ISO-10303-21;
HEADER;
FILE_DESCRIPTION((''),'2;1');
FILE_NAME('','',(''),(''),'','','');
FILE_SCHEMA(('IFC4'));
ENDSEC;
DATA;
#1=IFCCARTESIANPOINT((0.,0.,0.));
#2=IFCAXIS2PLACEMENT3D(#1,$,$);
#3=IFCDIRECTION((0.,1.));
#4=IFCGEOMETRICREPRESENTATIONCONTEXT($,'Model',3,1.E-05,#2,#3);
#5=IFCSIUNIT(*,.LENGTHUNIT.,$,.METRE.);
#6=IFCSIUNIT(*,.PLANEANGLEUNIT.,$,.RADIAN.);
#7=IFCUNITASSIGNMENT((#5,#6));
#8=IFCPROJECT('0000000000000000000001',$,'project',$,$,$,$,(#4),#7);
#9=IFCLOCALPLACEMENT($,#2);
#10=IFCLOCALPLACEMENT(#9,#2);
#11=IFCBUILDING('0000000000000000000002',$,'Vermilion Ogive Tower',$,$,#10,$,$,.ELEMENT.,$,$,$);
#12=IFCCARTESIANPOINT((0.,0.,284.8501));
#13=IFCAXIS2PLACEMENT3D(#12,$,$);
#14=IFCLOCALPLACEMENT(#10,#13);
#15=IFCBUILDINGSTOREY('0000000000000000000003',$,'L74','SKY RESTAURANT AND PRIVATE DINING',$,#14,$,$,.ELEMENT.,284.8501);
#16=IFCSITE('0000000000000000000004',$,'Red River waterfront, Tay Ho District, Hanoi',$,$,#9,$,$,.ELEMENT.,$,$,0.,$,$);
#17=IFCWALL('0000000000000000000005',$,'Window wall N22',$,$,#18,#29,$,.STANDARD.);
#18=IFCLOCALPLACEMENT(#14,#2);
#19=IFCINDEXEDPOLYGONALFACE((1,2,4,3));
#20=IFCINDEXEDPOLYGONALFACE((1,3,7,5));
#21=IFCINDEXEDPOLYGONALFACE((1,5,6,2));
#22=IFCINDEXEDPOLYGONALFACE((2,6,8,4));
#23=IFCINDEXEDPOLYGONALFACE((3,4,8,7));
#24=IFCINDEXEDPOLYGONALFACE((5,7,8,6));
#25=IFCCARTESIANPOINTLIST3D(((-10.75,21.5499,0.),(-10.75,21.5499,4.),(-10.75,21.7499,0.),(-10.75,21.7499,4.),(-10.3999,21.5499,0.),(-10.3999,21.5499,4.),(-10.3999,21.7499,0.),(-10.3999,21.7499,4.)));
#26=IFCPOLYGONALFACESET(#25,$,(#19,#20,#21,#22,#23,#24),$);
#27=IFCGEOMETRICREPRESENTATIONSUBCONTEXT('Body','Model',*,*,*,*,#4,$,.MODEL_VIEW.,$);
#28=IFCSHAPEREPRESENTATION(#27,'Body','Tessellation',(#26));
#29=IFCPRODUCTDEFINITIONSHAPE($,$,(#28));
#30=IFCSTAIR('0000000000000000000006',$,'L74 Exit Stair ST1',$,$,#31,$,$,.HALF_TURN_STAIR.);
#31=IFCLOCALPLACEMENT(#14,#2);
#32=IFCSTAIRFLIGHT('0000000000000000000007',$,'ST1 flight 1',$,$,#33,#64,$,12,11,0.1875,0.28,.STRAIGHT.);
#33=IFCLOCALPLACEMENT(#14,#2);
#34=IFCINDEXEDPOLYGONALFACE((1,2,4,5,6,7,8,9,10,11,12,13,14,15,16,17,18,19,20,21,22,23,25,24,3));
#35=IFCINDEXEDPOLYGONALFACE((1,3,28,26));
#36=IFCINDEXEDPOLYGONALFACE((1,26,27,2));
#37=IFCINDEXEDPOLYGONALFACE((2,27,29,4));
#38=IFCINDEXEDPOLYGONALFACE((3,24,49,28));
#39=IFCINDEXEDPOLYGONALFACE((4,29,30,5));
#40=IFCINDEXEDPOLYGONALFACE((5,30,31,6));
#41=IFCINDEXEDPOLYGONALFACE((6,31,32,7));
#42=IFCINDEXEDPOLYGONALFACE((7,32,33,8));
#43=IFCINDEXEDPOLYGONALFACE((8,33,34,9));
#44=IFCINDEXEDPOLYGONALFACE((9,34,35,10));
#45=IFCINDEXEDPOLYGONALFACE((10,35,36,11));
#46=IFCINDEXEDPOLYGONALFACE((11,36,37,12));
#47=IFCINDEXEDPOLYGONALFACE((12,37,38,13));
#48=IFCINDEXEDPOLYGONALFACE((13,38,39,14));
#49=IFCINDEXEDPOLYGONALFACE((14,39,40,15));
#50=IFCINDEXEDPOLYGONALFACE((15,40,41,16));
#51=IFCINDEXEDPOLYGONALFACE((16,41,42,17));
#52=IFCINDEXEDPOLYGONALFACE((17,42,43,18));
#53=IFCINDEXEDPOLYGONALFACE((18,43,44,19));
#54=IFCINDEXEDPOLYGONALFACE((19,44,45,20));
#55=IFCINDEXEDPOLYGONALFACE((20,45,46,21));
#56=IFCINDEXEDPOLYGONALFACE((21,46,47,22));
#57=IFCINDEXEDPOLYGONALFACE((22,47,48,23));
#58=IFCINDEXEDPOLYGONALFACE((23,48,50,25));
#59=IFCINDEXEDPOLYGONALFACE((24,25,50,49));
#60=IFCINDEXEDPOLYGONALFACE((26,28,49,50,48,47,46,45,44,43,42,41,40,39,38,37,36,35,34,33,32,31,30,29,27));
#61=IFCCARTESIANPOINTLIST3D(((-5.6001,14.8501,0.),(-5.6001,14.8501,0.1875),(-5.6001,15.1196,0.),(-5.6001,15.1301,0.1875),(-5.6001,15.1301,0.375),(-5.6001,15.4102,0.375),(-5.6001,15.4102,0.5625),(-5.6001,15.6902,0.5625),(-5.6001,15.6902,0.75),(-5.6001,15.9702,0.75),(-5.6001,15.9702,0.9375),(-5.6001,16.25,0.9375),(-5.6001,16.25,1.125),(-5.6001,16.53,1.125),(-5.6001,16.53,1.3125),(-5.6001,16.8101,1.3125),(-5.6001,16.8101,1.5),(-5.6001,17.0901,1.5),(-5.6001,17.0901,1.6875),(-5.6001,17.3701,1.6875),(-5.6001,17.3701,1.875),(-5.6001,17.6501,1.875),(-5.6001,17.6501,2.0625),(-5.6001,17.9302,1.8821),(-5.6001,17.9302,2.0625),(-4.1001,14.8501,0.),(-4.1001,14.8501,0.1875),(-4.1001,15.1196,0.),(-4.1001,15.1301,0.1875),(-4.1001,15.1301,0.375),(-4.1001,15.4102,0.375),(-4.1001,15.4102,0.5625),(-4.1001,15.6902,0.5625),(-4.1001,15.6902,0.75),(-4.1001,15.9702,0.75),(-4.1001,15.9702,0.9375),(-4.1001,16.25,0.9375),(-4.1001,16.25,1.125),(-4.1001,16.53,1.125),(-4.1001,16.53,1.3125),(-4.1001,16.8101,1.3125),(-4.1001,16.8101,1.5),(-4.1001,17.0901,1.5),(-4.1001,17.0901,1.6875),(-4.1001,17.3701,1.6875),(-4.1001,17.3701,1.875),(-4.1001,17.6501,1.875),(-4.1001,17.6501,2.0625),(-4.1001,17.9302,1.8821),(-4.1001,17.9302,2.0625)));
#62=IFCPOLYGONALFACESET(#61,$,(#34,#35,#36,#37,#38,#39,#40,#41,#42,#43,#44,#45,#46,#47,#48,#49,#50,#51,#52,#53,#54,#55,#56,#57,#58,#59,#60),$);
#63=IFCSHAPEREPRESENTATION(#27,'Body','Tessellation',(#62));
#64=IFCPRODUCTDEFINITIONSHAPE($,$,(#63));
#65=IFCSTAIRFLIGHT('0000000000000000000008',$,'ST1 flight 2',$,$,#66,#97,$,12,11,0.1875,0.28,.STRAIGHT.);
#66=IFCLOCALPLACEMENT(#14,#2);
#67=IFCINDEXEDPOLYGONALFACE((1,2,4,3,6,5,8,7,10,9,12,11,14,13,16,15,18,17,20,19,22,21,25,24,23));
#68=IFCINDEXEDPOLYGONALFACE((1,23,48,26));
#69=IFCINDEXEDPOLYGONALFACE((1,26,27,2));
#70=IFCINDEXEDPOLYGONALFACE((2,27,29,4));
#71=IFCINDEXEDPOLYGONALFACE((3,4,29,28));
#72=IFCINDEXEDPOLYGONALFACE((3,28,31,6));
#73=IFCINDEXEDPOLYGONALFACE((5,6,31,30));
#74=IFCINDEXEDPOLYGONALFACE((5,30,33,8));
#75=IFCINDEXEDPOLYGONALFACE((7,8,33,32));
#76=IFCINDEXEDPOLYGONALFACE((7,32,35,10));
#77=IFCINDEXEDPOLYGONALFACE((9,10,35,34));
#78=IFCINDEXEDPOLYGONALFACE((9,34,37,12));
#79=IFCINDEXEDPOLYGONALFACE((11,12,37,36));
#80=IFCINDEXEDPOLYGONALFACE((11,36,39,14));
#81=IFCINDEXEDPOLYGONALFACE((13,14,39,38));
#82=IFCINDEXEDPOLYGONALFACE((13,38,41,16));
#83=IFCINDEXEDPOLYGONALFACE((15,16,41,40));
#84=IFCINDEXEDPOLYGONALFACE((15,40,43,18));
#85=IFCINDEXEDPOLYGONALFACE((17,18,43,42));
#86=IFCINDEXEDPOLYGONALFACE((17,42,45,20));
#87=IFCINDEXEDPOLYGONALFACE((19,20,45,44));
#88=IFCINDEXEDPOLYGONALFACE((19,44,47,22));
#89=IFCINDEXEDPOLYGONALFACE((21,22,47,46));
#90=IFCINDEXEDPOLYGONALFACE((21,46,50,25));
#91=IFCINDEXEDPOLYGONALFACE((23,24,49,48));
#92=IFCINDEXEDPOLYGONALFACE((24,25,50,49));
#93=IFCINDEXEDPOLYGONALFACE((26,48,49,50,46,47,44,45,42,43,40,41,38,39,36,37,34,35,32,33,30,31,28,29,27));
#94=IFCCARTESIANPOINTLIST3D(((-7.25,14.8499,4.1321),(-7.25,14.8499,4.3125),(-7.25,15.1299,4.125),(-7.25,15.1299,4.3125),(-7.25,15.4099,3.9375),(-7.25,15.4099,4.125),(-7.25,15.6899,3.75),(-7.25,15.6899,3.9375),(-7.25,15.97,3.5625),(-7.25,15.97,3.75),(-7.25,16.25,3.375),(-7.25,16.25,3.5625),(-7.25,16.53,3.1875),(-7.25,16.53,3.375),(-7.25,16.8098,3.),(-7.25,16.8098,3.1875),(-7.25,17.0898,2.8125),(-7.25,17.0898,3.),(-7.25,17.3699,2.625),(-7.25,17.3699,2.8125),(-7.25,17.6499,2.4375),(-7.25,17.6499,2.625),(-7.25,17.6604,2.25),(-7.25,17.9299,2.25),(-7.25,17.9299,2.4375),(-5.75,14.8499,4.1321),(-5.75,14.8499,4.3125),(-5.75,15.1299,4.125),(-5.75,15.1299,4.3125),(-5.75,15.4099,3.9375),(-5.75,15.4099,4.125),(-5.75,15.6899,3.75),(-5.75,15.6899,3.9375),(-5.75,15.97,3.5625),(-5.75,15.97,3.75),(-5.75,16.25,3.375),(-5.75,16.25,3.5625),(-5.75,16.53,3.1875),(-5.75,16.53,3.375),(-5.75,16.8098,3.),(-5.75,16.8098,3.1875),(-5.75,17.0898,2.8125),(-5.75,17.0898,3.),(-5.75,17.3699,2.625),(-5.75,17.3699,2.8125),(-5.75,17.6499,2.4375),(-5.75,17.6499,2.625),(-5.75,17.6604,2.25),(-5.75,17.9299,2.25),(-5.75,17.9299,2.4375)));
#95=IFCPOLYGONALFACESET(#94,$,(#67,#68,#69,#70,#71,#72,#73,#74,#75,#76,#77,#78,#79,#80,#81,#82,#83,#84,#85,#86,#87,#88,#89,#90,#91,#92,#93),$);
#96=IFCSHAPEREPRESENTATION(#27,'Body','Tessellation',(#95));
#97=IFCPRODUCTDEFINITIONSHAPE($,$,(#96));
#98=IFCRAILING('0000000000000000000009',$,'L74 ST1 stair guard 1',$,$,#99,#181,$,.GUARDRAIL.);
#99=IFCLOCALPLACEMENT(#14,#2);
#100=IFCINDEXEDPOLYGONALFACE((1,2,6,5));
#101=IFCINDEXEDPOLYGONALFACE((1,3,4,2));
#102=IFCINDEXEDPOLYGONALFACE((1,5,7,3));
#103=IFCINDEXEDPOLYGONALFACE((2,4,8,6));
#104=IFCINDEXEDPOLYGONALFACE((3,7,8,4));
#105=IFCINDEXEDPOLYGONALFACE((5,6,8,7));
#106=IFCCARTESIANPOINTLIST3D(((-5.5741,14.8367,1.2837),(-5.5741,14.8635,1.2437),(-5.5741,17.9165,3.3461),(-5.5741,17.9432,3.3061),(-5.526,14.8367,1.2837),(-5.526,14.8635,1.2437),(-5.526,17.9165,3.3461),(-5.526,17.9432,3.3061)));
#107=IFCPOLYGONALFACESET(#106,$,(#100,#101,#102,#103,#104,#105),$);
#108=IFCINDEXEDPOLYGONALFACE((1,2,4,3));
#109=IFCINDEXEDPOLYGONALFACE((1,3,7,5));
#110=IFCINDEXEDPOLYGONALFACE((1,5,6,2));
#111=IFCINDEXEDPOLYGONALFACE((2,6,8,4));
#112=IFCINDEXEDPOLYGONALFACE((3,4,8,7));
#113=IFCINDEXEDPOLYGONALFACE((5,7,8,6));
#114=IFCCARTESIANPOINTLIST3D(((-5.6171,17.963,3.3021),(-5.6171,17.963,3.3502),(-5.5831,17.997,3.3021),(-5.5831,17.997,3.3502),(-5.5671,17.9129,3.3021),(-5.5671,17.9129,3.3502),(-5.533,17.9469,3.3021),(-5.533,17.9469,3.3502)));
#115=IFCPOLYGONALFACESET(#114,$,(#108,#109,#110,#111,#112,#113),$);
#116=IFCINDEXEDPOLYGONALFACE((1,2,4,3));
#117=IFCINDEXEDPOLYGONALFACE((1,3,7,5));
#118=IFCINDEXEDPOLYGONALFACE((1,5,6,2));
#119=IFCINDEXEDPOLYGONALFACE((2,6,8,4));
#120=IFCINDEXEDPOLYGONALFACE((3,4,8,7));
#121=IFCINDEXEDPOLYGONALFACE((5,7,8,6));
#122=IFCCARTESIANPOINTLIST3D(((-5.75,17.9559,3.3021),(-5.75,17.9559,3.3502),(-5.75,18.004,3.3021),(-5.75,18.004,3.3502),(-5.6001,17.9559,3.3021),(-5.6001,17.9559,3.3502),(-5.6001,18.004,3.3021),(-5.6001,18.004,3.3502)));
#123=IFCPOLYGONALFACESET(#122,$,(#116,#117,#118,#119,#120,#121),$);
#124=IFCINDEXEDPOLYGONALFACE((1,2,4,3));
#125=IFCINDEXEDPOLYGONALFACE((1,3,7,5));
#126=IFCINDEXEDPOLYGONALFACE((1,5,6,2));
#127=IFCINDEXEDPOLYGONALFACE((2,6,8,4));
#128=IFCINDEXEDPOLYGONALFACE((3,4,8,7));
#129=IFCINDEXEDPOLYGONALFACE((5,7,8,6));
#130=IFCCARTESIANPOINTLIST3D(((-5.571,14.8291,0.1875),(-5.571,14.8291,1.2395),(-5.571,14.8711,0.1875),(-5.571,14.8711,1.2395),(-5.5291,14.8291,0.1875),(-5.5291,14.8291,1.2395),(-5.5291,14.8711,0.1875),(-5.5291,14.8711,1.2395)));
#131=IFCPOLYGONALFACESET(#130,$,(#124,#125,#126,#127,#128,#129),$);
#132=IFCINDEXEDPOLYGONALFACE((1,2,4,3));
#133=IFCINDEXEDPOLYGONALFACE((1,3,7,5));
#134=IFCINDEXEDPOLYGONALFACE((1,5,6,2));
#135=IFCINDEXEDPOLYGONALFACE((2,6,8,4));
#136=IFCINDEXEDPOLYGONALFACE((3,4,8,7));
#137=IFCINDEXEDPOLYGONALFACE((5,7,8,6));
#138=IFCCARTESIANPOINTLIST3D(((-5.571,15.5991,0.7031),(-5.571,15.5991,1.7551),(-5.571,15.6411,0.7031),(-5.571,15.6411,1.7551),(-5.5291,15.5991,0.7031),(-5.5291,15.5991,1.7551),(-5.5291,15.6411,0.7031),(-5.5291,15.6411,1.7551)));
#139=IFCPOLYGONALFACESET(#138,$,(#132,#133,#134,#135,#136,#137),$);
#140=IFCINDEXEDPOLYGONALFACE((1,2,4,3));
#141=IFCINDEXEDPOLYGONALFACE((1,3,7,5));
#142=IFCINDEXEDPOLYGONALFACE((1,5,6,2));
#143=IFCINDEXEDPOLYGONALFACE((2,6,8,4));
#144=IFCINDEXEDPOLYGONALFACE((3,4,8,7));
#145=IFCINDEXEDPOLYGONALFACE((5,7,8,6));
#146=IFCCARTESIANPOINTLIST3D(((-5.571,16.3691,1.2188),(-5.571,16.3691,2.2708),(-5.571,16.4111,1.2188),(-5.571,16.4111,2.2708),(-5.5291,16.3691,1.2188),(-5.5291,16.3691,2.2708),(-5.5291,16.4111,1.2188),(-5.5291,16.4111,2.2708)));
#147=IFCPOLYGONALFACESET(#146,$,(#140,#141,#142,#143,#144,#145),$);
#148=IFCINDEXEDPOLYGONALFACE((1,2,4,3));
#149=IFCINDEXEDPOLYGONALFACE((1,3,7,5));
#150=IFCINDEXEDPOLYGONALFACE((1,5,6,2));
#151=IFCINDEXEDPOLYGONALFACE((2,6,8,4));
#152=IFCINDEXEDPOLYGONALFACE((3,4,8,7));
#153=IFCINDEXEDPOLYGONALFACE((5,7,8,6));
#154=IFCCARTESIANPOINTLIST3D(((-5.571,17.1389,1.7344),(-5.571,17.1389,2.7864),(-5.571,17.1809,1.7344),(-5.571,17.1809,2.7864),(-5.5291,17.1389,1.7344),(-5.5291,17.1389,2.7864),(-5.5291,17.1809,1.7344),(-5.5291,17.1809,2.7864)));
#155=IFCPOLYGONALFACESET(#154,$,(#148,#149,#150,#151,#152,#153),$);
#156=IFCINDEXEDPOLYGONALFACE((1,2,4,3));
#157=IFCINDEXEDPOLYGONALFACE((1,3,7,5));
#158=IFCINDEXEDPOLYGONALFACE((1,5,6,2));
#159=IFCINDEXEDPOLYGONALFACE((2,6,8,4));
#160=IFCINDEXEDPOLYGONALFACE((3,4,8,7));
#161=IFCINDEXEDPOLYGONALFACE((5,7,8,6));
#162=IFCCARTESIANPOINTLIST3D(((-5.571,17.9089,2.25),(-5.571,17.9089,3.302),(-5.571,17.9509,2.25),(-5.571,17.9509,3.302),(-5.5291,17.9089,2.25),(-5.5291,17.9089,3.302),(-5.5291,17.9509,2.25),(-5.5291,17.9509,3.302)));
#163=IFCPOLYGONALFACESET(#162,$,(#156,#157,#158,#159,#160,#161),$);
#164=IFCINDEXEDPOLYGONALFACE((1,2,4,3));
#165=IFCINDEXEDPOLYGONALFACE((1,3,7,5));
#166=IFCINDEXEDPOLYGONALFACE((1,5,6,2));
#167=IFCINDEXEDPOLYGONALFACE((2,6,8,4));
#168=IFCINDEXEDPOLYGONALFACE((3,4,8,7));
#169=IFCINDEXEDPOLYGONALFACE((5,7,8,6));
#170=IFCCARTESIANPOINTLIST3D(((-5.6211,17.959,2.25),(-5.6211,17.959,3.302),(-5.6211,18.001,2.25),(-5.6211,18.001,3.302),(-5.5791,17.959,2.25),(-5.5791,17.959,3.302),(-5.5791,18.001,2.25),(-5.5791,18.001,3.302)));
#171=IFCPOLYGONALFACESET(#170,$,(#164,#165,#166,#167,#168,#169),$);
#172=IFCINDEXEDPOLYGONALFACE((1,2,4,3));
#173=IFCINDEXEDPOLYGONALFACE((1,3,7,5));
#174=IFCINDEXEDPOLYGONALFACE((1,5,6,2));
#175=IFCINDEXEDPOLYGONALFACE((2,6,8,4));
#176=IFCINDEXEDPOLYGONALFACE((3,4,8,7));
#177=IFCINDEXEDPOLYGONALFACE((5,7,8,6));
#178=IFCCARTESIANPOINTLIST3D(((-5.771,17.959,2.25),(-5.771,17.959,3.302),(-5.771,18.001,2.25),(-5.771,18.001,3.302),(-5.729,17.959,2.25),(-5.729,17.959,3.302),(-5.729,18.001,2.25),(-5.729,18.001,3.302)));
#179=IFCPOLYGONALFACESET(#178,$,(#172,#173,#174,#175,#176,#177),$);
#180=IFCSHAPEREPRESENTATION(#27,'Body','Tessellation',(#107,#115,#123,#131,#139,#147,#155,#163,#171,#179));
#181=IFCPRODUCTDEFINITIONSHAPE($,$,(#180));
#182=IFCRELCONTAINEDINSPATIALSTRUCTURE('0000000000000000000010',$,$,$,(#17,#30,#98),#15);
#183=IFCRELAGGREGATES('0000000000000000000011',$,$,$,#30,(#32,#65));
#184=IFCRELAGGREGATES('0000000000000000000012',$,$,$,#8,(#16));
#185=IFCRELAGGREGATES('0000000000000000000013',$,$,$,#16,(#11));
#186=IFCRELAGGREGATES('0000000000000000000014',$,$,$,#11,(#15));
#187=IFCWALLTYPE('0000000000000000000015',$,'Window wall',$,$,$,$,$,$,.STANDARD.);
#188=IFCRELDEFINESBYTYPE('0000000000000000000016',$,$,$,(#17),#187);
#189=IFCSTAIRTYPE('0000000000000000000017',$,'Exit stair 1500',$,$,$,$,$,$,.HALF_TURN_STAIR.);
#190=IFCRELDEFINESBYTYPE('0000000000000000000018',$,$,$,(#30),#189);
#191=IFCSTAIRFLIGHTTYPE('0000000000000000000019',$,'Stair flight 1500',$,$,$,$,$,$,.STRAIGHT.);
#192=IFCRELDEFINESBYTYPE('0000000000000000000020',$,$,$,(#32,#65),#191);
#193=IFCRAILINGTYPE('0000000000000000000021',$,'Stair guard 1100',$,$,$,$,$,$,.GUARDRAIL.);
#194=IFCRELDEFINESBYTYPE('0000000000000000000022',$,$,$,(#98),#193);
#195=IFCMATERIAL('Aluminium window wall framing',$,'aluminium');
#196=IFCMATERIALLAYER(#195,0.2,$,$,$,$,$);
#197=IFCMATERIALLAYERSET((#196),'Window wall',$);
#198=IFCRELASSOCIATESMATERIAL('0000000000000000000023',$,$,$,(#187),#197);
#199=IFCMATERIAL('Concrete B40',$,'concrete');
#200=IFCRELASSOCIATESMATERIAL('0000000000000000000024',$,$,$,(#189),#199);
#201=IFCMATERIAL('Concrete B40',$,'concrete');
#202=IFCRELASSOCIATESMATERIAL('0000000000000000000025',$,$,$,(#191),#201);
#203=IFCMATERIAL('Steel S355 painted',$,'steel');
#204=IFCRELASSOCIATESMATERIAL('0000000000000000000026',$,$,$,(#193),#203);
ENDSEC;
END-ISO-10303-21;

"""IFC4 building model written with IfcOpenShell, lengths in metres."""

from ifc_helpers import new_model, si_unit, direction, frame, frame_2d, origin, origin_2d, place, context, subcontext, project, spatial, polyline, rectangle, outline, extrude, material, layer, layer_set, type_object, element, aggregate, save


model = new_model("IFC4")

# Units and contexts
model_context = context("Model", 3, precision=1e-05, world=origin(), true_north=direction((0.0, 1.0)))
body_context = subcontext(model_context, "Body", "Model", "MODEL_VIEW")
ifc_project = project(units=[si_unit("LENGTHUNIT", "METRE"), si_unit("PLANEANGLEUNIT", "RADIAN")], contexts=[model_context])

# Site, building, storey
site_placement = place(None, origin())
site = spatial("IfcSite", under=ifc_project, at=site_placement, Name="Red River waterfront, Tay Ho District, Hanoi", CompositionType="ELEMENT", RefElevation=0.0)
building_placement = place(site_placement, origin())
building = spatial("IfcBuilding", under=site, at=building_placement, Name="Vermilion Ogive Tower", CompositionType="ELEMENT")
storey_placement = place(building_placement, frame((0.0, 0.0, 284.8501)))
storey = spatial("IfcBuildingStorey", under=building, at=storey_placement, Name="L74", Description="SKY RESTAURANT AND PRIVATE DINING", CompositionType="ELEMENT", Elevation=284.8501)

# Wall
ifc_material_1 = material(Name="Aluminium window wall framing", Category="aluminium")
ifc_layer_1 = layer(ifc_material_1, 0.2)
ifc_layer_set_1 = layer_set([ifc_layer_1], Name="Window wall")
wall_type_1 = type_object("IfcWallType", Name="Window wall", PredefinedType="STANDARD", material=ifc_layer_set_1)
wall_1_placement = place(storey_placement, frame((-10.3999, 21.6499, 0.0), z_axis=(0.0, 0.0, 1.0), x_axis=(-1.0, 0.0, 0.0)))
element("IfcWall", 1, at=wall_1_placement, inside=storey, type_object=wall_type_1, Name="Window wall N22", PredefinedType="STANDARD", context=body_context, shape_type="SweptSolid", body=[
    extrude(rectangle(XDim=0.3501, YDim=0.2, at=frame_2d((0.175, 0.0))), origin(), (0.0, 0.0, 1.0), 4.0),
])

# Stair, stair flights
ifc_material_2 = material(Name="Concrete B40", Category="concrete")
stair_type = type_object("IfcStairType", Name="Exit stair 1500", PredefinedType="HALF_TURN_STAIR", material=ifc_material_2)
stair_placement = place(storey_placement, origin())
stair = element("IfcStair", 2, at=stair_placement, inside=storey, type_object=stair_type, Name="L74 Exit Stair ST1", PredefinedType="HALF_TURN_STAIR")
ifc_material_3 = material(Name="Concrete B40", Category="concrete")
stair_flight_type = type_object("IfcStairFlightType", Name="Stair flight 1500", PredefinedType="STRAIGHT", material=ifc_material_3)
stair_flight_1_placement = place(storey_placement, frame((-4.8501, 14.8501, 0.0), z_axis=(0.0, 0.0, 1.0), x_axis=(0.0, 1.0, 0.0)))
stair_flight_1 = element("IfcStairFlight", 3, at=stair_flight_1_placement, type_object=stair_flight_type, Name="ST1 flight 1", NumberOfRisers=12, NumberOfTreads=11, PredefinedType="STRAIGHT", RiserHeight=0.1875, TreadLength=0.28, context=body_context, shape_type="SweptSolid", body=[
    extrude(outline(polyline([(0.0, 0.0), (0.0, 0.1875), (0.28, 0.1875), (0.28, 0.375), (0.5601, 0.375), (0.5601, 0.5625), (0.8401, 0.5625), (0.8401, 0.75), (1.1201, 0.75), (1.1201, 0.9375), (1.3999, 0.9375), (1.3999, 1.125), (1.6799, 1.125), (1.6799, 1.3125), (1.96, 1.3125), (1.96, 1.5), (2.24, 1.5), (2.24, 1.6875), (2.52, 1.6875), (2.52, 1.875), (2.8, 1.875), (2.8, 2.0625), (3.0801, 2.0625), (3.0801, 2.25), (3.0801, 1.8821), (0.2695, 0.0), (0.0, 0.0)])), frame((0.0, 0.75, 0.0), z_axis=(0.0, -1.0, 0.0), x_axis=(1.0, 0.0, 0.0)), (0.0, 0.0, 1.0), 1.5),
])
stair_flight_2_placement = place(storey_placement, frame((-6.5, 17.9299, 2.25), z_axis=(0.0, 0.0, 1.0), x_axis=(0.0, -1.0, 0.0)))
stair_flight_2 = element("IfcStairFlight", 4, at=stair_flight_2_placement, type_object=stair_flight_type, Name="ST1 flight 2", NumberOfRisers=12, NumberOfTreads=11, PredefinedType="STRAIGHT", RiserHeight=0.1875, TreadLength=0.28, context=body_context, shape_type="SweptSolid", body=[
    extrude(outline(polyline([(0.0, 0.0), (0.0, 0.1875), (0.28, 0.1875), (0.28, 0.375), (0.5601, 0.375), (0.5601, 0.5625), (0.8401, 0.5625), (0.8401, 0.75), (1.1201, 0.75), (1.1201, 0.9375), (1.3999, 0.9375), (1.3999, 1.125), (1.6799, 1.125), (1.6799, 1.3125), (1.96, 1.3125), (1.96, 1.5), (2.24, 1.5), (2.24, 1.6875), (2.52, 1.6875), (2.52, 1.875), (2.8, 1.875), (2.8, 2.0625), (3.0801, 2.0625), (3.0801, 2.25), (3.0801, 1.8821), (0.2695, 0.0), (0.0, 0.0)])), frame((0.0, 0.75, 0.0), z_axis=(0.0, -1.0, 0.0), x_axis=(1.0, 0.0, 0.0)), (0.0, 0.0, 1.0), 1.5),
])
aggregate(stair, [stair_flight_1, stair_flight_2])

# Railing
ifc_material_4 = material(Name="Steel S355 painted", Category="steel")
railing_type_1 = type_object("IfcRailingType", Name="Stair guard 1100", PredefinedType="GUARDRAIL", material=ifc_material_4)
railing_1_placement = place(storey_placement, frame((-5.55, 14.8501, 0.1875)))
element("IfcRailing", 5, at=railing_1_placement, inside=storey, type_object=railing_type_1, Name="L74 ST1 stair guard 1", PredefinedType="GUARDRAIL", context=body_context, shape_type="SweptSolid", body=[
    extrude(rectangle(XDim=0.0481, YDim=0.0481, at=origin_2d()), frame((0.0, 0.0, 1.0762), z_axis=(0.0, 0.830893, 0.556432), x_axis=(-1.0, 0.0, 0.0)), (0.0, 0.0, 1.0), 3.7065),
    extrude(rectangle(XDim=0.0481, YDim=0.0481, at=origin_2d()), frame((0.0, 3.0798, 3.1387), z_axis=(-0.707107, 0.707107, 0.0), x_axis=(-0.707107, -0.707107, 0.0)), (0.0, 0.0, 1.0), 0.0708),
    extrude(rectangle(XDim=0.0481, YDim=0.0481, at=origin_2d()), frame((-0.05, 3.1299, 3.1387), z_axis=(-1.0, 0.0, 0.0), x_axis=(0.0, -1.0, 0.0)), (0.0, 0.0, 1.0), 0.1499),
    extrude(rectangle(XDim=0.042, YDim=0.042, at=origin_2d()), origin(), (0.0, 0.0, 1.0), 1.052),
    extrude(rectangle(XDim=0.042, YDim=0.042, at=origin_2d()), frame((0.0, 0.77, 0.5156)), (0.0, 0.0, 1.0), 1.052),
    extrude(rectangle(XDim=0.042, YDim=0.042, at=origin_2d()), frame((0.0, 1.54, 1.0312)), (0.0, 0.0, 1.0), 1.052),
    extrude(rectangle(XDim=0.042, YDim=0.042, at=origin_2d()), frame((0.0, 2.3098, 1.5469)), (0.0, 0.0, 1.0), 1.052),
    extrude(rectangle(XDim=0.042, YDim=0.042, at=origin_2d()), frame((0.0, 3.0798, 2.0625)), (0.0, 0.0, 1.0), 1.052),
    extrude(rectangle(XDim=0.042, YDim=0.042, at=origin_2d()), frame((-0.05, 3.1299, 2.0625)), (0.0, 0.0, 1.0), 1.052),
    extrude(rectangle(XDim=0.042, YDim=0.042, at=origin_2d()), frame((-0.2, 3.1299, 2.0625)), (0.0, 0.0, 1.0), 1.052),
])

save(model, "model.ifc")
